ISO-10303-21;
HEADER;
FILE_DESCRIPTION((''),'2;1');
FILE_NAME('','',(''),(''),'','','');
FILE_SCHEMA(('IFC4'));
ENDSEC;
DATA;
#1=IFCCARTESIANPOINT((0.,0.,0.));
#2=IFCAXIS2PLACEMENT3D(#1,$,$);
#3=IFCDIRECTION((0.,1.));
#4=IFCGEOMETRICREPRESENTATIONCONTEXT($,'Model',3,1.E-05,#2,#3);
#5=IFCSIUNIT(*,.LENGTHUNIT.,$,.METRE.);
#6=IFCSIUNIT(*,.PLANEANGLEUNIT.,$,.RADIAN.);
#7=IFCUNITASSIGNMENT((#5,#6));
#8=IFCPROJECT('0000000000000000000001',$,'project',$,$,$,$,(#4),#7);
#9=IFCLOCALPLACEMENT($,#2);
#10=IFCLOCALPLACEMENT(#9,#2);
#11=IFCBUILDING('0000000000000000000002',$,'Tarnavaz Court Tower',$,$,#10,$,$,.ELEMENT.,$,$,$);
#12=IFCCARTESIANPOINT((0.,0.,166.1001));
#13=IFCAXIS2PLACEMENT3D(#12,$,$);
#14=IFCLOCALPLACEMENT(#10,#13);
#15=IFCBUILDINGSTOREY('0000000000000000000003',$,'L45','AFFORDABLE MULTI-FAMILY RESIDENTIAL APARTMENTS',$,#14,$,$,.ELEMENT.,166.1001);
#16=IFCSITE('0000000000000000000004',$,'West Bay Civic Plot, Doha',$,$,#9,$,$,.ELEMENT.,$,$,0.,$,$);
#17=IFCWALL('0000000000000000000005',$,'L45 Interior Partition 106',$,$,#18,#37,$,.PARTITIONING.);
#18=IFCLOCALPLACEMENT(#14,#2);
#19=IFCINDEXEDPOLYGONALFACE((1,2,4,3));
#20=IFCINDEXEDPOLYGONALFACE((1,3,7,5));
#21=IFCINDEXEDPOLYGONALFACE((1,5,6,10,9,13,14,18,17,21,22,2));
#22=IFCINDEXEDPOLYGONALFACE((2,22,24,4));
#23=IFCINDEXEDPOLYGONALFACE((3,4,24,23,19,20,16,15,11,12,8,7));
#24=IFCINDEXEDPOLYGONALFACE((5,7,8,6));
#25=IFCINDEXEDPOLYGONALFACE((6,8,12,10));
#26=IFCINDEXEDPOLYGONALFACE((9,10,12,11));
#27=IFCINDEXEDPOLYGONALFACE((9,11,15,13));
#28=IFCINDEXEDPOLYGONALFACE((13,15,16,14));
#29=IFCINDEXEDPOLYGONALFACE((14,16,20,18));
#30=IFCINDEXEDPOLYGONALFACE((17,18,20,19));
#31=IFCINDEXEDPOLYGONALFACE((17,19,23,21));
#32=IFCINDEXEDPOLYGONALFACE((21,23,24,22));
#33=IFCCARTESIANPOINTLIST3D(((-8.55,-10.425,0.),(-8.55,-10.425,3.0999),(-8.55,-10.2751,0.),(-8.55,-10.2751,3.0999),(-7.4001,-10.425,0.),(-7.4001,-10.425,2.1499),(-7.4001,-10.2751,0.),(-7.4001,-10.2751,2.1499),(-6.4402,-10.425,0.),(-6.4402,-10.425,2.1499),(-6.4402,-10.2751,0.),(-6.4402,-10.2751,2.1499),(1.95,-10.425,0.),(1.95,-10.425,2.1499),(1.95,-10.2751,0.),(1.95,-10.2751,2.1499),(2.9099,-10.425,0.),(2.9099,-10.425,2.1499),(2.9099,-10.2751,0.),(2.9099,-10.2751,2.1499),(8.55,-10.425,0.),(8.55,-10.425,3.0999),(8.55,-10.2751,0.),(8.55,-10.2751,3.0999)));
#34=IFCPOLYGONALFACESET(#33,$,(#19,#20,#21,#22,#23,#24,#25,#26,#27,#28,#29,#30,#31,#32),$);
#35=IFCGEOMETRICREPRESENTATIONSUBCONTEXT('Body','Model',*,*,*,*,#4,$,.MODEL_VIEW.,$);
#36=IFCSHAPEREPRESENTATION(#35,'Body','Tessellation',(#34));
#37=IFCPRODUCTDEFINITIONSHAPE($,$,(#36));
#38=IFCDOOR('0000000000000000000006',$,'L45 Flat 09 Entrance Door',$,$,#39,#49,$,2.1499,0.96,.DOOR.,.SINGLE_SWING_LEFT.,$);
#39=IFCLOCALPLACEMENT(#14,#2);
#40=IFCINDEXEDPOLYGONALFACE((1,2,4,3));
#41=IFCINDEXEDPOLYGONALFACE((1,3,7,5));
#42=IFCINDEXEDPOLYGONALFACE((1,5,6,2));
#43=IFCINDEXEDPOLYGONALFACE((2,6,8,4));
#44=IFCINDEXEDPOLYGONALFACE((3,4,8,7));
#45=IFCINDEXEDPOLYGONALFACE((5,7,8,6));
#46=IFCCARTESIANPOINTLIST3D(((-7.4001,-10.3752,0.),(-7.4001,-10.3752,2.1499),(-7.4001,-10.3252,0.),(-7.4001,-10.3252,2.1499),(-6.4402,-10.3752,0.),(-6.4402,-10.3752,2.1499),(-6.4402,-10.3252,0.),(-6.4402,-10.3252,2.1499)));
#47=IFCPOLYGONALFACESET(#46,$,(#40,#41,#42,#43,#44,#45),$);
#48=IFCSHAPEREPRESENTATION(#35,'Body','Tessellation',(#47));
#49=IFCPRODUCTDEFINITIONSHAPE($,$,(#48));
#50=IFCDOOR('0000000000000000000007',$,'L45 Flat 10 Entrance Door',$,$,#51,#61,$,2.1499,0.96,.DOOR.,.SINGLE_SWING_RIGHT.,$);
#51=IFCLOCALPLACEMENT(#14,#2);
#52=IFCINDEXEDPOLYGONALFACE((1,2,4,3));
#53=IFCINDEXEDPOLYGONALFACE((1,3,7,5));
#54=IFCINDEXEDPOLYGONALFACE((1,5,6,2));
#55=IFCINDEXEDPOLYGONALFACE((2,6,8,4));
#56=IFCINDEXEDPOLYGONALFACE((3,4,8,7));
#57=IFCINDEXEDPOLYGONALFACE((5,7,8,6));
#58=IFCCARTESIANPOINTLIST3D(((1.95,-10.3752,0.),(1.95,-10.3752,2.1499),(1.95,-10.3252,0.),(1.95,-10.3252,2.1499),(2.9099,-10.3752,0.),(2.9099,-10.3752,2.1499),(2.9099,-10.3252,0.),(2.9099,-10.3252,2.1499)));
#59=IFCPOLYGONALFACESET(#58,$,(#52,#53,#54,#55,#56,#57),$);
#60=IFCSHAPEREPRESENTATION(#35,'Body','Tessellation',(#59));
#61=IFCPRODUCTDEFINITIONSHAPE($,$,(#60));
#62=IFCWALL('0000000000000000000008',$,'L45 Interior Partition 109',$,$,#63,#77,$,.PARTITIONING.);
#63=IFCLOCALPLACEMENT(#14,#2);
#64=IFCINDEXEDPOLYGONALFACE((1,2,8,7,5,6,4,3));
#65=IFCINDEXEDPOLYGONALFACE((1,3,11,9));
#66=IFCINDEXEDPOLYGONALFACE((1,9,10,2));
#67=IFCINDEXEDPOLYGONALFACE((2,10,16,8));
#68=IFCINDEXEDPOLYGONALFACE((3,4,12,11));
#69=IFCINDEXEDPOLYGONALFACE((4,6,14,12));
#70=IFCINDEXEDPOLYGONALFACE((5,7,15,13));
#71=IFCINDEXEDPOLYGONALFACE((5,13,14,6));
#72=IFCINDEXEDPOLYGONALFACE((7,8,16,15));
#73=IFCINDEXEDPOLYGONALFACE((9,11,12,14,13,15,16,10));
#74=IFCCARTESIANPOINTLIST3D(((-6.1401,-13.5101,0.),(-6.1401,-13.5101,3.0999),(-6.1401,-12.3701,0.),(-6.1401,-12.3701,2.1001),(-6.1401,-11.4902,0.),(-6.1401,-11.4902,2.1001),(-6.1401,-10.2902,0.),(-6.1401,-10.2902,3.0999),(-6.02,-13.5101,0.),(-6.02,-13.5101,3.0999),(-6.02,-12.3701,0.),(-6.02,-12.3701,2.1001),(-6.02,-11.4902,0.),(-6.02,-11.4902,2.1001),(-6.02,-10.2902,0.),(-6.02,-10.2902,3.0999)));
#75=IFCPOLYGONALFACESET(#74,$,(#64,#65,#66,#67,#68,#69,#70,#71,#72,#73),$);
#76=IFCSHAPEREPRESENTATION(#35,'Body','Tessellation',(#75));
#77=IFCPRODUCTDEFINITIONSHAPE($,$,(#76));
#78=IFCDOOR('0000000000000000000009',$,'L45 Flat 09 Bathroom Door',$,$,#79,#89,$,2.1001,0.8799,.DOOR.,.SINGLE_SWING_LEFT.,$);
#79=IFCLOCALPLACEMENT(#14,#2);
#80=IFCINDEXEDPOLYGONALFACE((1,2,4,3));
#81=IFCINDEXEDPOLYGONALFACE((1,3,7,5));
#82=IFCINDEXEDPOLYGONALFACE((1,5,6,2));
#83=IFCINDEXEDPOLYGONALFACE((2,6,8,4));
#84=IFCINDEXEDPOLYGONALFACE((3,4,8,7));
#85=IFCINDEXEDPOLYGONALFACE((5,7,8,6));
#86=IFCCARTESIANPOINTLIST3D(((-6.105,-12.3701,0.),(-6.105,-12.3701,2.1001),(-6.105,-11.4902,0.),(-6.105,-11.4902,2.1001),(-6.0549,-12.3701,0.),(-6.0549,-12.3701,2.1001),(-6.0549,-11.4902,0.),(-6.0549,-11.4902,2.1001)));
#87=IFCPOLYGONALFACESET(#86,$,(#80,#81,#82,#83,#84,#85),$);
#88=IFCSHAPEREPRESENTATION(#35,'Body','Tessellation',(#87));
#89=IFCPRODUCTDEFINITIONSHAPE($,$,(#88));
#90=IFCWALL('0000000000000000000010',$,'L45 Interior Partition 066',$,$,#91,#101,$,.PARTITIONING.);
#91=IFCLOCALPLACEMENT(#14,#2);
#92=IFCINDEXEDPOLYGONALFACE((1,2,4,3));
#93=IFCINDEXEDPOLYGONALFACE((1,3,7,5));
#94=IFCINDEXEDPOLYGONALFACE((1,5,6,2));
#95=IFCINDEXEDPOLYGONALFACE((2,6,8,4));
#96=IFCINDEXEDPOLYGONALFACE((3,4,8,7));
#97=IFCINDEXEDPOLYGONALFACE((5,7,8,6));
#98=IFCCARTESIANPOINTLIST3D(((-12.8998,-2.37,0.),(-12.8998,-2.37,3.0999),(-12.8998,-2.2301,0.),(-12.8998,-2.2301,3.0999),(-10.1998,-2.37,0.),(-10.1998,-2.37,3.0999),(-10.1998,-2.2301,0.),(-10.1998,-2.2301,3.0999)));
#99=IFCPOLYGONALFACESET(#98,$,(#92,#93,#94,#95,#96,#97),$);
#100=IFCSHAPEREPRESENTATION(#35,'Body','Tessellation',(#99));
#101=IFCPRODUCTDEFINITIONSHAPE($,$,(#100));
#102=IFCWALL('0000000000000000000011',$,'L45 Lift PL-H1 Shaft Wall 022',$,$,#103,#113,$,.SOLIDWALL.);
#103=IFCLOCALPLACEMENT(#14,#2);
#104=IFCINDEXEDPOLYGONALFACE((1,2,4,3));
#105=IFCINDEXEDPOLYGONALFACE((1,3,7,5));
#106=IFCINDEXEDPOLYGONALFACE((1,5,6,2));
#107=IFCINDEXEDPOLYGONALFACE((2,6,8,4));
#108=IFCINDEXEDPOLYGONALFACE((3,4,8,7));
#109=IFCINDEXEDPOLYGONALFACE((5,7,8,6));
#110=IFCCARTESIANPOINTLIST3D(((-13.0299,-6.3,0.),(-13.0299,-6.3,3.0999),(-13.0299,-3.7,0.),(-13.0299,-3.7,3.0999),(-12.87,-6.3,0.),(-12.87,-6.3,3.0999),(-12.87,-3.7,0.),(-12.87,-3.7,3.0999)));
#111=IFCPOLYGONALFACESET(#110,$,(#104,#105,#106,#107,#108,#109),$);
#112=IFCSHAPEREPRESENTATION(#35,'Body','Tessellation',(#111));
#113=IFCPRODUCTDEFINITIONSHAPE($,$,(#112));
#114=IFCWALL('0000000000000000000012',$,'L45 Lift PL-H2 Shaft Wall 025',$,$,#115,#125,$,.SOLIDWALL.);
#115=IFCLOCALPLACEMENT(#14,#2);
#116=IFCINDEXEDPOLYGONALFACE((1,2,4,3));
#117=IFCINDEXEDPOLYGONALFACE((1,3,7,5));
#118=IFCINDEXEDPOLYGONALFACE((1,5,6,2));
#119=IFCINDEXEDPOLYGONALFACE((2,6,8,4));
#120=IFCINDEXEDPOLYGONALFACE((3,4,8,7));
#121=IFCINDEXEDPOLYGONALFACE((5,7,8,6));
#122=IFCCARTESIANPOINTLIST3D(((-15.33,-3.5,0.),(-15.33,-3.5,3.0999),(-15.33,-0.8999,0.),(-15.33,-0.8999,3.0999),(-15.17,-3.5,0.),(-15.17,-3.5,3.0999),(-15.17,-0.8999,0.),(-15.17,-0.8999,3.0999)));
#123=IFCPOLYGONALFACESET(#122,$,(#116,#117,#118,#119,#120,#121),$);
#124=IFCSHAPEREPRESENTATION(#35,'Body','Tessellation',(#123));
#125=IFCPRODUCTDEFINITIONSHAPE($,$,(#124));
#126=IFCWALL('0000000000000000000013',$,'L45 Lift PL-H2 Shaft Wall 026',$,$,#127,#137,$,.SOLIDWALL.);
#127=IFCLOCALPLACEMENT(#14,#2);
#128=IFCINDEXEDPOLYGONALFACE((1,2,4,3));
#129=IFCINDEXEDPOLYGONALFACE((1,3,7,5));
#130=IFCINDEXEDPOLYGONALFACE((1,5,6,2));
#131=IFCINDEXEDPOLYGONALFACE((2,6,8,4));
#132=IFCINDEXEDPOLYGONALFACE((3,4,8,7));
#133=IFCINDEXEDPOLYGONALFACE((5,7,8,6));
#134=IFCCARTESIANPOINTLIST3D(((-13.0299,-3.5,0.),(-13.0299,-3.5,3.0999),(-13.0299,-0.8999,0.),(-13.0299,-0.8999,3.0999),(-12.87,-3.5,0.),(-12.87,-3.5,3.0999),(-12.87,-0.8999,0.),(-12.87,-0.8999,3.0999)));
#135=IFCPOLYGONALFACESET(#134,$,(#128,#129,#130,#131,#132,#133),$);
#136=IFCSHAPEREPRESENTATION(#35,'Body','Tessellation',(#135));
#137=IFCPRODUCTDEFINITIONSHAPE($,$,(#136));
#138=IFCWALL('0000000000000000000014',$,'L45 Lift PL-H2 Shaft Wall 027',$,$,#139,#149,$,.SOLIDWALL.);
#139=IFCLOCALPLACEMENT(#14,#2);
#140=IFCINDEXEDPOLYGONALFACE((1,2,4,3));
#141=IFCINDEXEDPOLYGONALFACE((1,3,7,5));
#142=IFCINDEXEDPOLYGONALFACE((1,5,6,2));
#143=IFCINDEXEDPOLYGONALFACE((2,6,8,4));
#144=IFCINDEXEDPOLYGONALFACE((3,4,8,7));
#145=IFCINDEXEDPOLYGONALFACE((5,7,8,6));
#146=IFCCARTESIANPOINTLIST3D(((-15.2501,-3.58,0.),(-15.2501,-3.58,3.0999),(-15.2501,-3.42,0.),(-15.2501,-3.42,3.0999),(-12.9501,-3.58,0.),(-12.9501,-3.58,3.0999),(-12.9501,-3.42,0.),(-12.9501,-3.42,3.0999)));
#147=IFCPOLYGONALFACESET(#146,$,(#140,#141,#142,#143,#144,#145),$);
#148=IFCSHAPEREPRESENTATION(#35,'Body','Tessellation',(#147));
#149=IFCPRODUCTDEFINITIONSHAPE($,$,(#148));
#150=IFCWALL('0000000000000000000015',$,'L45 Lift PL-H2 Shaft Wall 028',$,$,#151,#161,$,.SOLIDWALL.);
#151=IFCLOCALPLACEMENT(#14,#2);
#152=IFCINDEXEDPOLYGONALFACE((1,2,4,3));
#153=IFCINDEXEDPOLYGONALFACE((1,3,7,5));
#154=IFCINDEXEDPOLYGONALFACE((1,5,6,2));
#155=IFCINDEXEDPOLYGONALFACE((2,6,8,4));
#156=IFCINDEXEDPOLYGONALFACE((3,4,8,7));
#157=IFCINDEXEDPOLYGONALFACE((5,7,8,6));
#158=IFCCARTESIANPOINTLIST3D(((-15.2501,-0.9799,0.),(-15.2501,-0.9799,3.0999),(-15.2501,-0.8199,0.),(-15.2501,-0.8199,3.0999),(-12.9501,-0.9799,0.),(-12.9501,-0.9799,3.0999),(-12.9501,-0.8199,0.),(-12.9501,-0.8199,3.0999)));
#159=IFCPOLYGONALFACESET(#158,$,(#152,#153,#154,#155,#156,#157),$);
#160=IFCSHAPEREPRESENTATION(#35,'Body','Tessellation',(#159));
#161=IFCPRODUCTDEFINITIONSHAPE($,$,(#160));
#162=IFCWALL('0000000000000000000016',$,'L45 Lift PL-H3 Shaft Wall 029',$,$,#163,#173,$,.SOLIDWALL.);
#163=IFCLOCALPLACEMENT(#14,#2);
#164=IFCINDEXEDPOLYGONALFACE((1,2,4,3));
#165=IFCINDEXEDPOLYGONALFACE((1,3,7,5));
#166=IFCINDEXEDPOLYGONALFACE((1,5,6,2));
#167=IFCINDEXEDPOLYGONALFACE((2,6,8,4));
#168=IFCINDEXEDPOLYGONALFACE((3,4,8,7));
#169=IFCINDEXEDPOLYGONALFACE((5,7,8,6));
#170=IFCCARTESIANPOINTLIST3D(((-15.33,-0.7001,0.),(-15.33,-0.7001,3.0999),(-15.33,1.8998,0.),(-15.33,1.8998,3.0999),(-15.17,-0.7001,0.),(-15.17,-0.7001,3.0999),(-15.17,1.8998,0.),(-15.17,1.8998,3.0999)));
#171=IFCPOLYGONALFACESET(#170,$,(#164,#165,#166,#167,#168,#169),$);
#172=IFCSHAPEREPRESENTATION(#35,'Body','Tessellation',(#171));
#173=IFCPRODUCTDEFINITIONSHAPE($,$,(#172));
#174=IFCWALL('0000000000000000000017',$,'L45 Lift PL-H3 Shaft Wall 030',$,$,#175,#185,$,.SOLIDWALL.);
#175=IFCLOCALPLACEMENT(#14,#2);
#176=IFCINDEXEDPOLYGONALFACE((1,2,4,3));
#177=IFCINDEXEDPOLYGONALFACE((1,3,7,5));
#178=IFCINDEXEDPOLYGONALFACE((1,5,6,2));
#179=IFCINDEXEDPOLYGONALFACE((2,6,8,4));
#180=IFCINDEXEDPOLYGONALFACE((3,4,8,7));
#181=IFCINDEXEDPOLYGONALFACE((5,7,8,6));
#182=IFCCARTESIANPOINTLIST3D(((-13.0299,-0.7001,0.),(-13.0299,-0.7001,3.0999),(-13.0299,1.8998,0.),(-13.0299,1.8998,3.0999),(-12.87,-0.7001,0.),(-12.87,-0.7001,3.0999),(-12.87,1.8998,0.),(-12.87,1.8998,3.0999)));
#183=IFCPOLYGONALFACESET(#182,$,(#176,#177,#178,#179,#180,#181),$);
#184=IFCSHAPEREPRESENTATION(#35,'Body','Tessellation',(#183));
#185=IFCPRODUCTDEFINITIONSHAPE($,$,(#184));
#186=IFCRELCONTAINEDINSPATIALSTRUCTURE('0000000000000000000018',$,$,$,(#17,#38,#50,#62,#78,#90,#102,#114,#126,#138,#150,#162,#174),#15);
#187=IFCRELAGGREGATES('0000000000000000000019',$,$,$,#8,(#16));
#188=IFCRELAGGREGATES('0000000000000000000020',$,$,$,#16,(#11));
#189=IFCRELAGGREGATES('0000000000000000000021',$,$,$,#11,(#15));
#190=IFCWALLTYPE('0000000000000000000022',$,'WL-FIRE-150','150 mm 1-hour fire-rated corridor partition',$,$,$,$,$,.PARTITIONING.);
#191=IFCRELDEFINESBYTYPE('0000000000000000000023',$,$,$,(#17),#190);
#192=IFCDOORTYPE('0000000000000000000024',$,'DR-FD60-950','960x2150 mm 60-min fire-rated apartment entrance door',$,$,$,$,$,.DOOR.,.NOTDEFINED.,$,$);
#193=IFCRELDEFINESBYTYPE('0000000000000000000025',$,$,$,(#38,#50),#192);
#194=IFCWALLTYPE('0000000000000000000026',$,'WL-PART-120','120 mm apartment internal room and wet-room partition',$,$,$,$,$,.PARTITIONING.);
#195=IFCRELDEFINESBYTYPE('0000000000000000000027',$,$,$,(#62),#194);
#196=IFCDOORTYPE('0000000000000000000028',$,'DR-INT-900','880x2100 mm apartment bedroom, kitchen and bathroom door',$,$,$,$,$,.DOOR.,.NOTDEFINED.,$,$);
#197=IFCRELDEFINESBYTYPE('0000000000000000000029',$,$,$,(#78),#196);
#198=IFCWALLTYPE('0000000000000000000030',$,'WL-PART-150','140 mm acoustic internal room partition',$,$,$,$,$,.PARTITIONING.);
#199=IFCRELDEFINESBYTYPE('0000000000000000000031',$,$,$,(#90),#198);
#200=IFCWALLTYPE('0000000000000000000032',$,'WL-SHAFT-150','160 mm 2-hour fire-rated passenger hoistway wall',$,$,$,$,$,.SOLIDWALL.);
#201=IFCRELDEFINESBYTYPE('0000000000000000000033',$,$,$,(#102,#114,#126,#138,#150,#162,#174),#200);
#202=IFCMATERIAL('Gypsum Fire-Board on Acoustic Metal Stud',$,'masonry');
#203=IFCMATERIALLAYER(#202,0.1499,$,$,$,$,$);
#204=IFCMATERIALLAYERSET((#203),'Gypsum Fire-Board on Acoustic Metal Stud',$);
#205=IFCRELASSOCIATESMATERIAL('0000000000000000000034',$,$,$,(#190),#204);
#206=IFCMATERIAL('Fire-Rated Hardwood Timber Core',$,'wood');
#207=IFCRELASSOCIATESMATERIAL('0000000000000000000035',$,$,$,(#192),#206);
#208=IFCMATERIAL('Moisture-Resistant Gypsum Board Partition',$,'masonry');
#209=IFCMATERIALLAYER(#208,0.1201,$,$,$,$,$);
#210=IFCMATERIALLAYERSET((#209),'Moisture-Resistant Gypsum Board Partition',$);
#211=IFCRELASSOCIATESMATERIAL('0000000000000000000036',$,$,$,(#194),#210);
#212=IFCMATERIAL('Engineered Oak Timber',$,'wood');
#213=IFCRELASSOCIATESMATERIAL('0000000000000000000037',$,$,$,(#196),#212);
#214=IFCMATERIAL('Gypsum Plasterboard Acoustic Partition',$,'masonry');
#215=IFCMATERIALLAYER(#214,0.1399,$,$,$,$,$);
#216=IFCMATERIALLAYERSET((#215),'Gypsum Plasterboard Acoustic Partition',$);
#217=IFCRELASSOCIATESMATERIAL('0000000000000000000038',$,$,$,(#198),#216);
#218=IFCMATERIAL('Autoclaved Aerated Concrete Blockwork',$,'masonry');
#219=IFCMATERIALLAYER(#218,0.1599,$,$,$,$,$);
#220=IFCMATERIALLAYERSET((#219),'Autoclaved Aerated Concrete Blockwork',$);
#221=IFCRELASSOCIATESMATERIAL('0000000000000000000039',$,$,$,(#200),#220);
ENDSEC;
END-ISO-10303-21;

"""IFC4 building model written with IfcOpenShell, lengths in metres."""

from ifc_helpers import new_model, si_unit, direction, frame, frame_2d, origin, place, context, subcontext, project, spatial, rectangle, extrude, material, layer, layer_set, type_object, element, fill, save


model = new_model("IFC4")

# Units and contexts
model_context = context("Model", 3, precision=1e-05, world=origin(), true_north=direction((0.0, 1.0)))
body_context = subcontext(model_context, "Body", "Model", "MODEL_VIEW")
ifc_project = project(units=[si_unit("LENGTHUNIT", "METRE"), si_unit("PLANEANGLEUNIT", "RADIAN")], contexts=[model_context])

# Site, building, storey
site_placement = place(None, origin())
site = spatial("IfcSite", under=ifc_project, at=site_placement, Name="West Bay Civic Plot, Doha", CompositionType="ELEMENT", RefElevation=0.0)
building_placement = place(site_placement, origin())
building = spatial("IfcBuilding", under=site, at=building_placement, Name="Tarnavaz Court Tower", CompositionType="ELEMENT")
storey_placement = place(building_placement, frame((0.0, 0.0, 166.1001)))
storey = spatial("IfcBuildingStorey", under=building, at=storey_placement, Name="L45", Description="AFFORDABLE MULTI-FAMILY RESIDENTIAL APARTMENTS", CompositionType="ELEMENT", Elevation=166.1001)

# Wall, openings, doors
ifc_material_1 = material(Name="Gypsum Fire-Board on Acoustic Metal Stud", Category="masonry")
ifc_layer_1 = layer(ifc_material_1, 0.1499)
ifc_layer_set_1 = layer_set([ifc_layer_1], Name="Gypsum Fire-Board on Acoustic Metal Stud")
wall_type_1 = type_object("IfcWallType", Name="WL-FIRE-150", Description="150 mm 1-hour fire-rated corridor partition", PredefinedType="PARTITIONING", material=ifc_layer_set_1)
wall_1_placement = place(storey_placement, frame((-8.55, -10.3501, 0.0), z_axis=(0.0, 0.0, 1.0), x_axis=(1.0, 0.0, 0.0)))
wall_1 = element("IfcWall", 1, at=wall_1_placement, inside=storey, type_object=wall_type_1, Name="L45 Interior Partition 106", PredefinedType="PARTITIONING", context=body_context, shape_type="SweptSolid", body=[
    extrude(rectangle(XDim=17.1001, YDim=0.1499, at=frame_2d((8.55, 0.0))), origin(), (0.0, 0.0, 1.0), 3.0999),
])
opening_1_placement = place(wall_1_placement, frame((1.1499, 0.0, 0.0)))
opening_1 = element("IfcOpeningElement", 2, at=opening_1_placement, cuts=wall_1, PredefinedType="OPENING", context=body_context, shape_type="SweptSolid", body=[
    extrude(rectangle(XDim=0.96, YDim=2.1499, at=frame_2d((0.48, 1.075))), frame((0.0, 0.085, 0.0), z_axis=(0.0, -1.0, 0.0), x_axis=(1.0, 0.0, 0.0)), (0.0, 0.0, 1.0), 0.1699),
])
opening_2_placement = place(wall_1_placement, frame((10.5, 0.0, 0.0)))
opening_2 = element("IfcOpeningElement", 3, at=opening_2_placement, cuts=wall_1, PredefinedType="OPENING", context=body_context, shape_type="SweptSolid", body=[
    extrude(rectangle(XDim=0.96, YDim=2.1499, at=frame_2d((0.48, 1.075))), frame((0.0, 0.085, 0.0), z_axis=(0.0, -1.0, 0.0), x_axis=(1.0, 0.0, 0.0)), (0.0, 0.0, 1.0), 0.1699),
])
ifc_material_2 = material(Name="Fire-Rated Hardwood Timber Core", Category="wood")
door_type_1 = type_object("IfcDoorType", Name="DR-FD60-950", Description="960x2150 mm 60-min fire-rated apartment entrance door", OperationType="NOTDEFINED", PredefinedType="DOOR", material=ifc_material_2)
door_1_placement = place(opening_1_placement, origin())
door_1 = element("IfcDoor", 4, at=door_1_placement, inside=storey, type_object=door_type_1, Name="L45 Flat 09 Entrance Door", OperationType="SINGLE_SWING_LEFT", OverallHeight=2.1499, OverallWidth=0.96, PredefinedType="DOOR", context=body_context, shape_type="SweptSolid", body=[
    extrude(rectangle(XDim=0.96, YDim=2.1499, at=frame_2d((0.48, 1.075))), frame((0.0, 0.0249, 0.0), z_axis=(0.0, -1.0, 0.0), x_axis=(1.0, 0.0, 0.0)), (0.0, 0.0, 1.0), 0.05),
])
fill(opening_1, door_1)
door_2_placement = place(opening_2_placement, origin())
door_2 = element("IfcDoor", 5, at=door_2_placement, inside=storey, type_object=door_type_1, Name="L45 Flat 10 Entrance Door", OperationType="SINGLE_SWING_RIGHT", OverallHeight=2.1499, OverallWidth=0.96, PredefinedType="DOOR", context=body_context, shape_type="SweptSolid", body=[
    extrude(rectangle(XDim=0.96, YDim=2.1499, at=frame_2d((0.48, 1.075))), frame((0.0, 0.0249, 0.0), z_axis=(0.0, -1.0, 0.0), x_axis=(1.0, 0.0, 0.0)), (0.0, 0.0, 1.0), 0.05),
])
fill(opening_2, door_2)

# Wall, opening, door
ifc_material_3 = material(Name="Moisture-Resistant Gypsum Board Partition", Category="masonry")
ifc_layer_2 = layer(ifc_material_3, 0.1201)
ifc_layer_set_2 = layer_set([ifc_layer_2], Name="Moisture-Resistant Gypsum Board Partition")
wall_type_2 = type_object("IfcWallType", Name="WL-PART-120", Description="120 mm apartment internal room and wet-room partition", PredefinedType="PARTITIONING", material=ifc_layer_set_2)
wall_2_placement = place(storey_placement, frame((-6.0801, -13.51, 0.0), z_axis=(0.0, 0.0, 1.0), x_axis=(0.0, 1.0, 0.0)))
wall_2 = element("IfcWall", 6, at=wall_2_placement, inside=storey, type_object=wall_type_2, Name="L45 Interior Partition 109", PredefinedType="PARTITIONING", context=body_context, shape_type="SweptSolid", body=[
    extrude(rectangle(XDim=3.22, YDim=0.1201, at=frame_2d((1.6099, 0.0))), origin(), (0.0, 0.0, 1.0), 3.0999),
])
opening_3_placement = place(wall_2_placement, frame((1.1399, 0.0, 0.0)))
opening_3 = element("IfcOpeningElement", 7, at=opening_3_placement, cuts=wall_2, PredefinedType="OPENING", context=body_context, shape_type="SweptSolid", body=[
    extrude(rectangle(XDim=0.8799, YDim=2.1001, at=frame_2d((0.4399, 1.05))), frame((0.0, 0.0701, 0.0), z_axis=(0.0, -1.0, 0.0), x_axis=(1.0, 0.0, 0.0)), (0.0, 0.0, 1.0), 0.1401),
])
ifc_material_4 = material(Name="Engineered Oak Timber", Category="wood")
door_type_2 = type_object("IfcDoorType", Name="DR-INT-900", Description="880x2100 mm apartment bedroom, kitchen and bathroom door", OperationType="NOTDEFINED", PredefinedType="DOOR", material=ifc_material_4)
door_3_placement = place(opening_3_placement, origin())
door_3 = element("IfcDoor", 8, at=door_3_placement, inside=storey, type_object=door_type_2, Name="L45 Flat 09 Bathroom Door", OperationType="SINGLE_SWING_LEFT", OverallHeight=2.1001, OverallWidth=0.8799, PredefinedType="DOOR", context=body_context, shape_type="SweptSolid", body=[
    extrude(rectangle(XDim=0.8799, YDim=2.1001, at=frame_2d((0.4399, 1.05))), frame((0.0, 0.0249, 0.0), z_axis=(0.0, -1.0, 0.0), x_axis=(1.0, 0.0, 0.0)), (0.0, 0.0, 1.0), 0.05),
])
fill(opening_3, door_3)

# Shared definitions
ifc_material_5 = material(Name="Gypsum Plasterboard Acoustic Partition", Category="masonry")
ifc_layer_3 = layer(ifc_material_5, 0.1399)
ifc_layer_set_3 = layer_set([ifc_layer_3], Name="Gypsum Plasterboard Acoustic Partition")
wall_type_3 = type_object("IfcWallType", Name="WL-PART-150", Description="140 mm acoustic internal room partition", PredefinedType="PARTITIONING", material=ifc_layer_set_3)

# Walls
wall_3_placement = place(storey_placement, frame((-12.8999, -2.3, 0.0), z_axis=(0.0, 0.0, 1.0), x_axis=(1.0, 0.0, 0.0)))
element("IfcWall", 9, at=wall_3_placement, inside=storey, type_object=wall_type_3, Name="L45 Interior Partition 066", PredefinedType="PARTITIONING", context=body_context, shape_type="SweptSolid", body=[
    extrude(rectangle(XDim=2.7, YDim=0.1399, at=frame_2d((1.3501, 0.0))), origin(), (0.0, 0.0, 1.0), 3.0999),
])
ifc_material_6 = material(Name="Autoclaved Aerated Concrete Blockwork", Category="masonry")
ifc_layer_4 = layer(ifc_material_6, 0.1599)
ifc_layer_set_4 = layer_set([ifc_layer_4], Name="Autoclaved Aerated Concrete Blockwork")
wall_type_4 = type_object("IfcWallType", Name="WL-SHAFT-150", Description="160 mm 2-hour fire-rated passenger hoistway wall", PredefinedType="SOLIDWALL", material=ifc_layer_set_4)
for number, where, z_axis, x_axis, name in (
    (10, (-12.95, -6.3, 0.0), (0.0, 0.0, 1.0), (0.0, 1.0, 0.0), "L45 Lift PL-H1 Shaft Wall 022"),
    (11, (-15.25, -3.5, 0.0), (0.0, 0.0, 1.0), (0.0, 1.0, 0.0), "L45 Lift PL-H2 Shaft Wall 025"),
    (12, (-12.95, -3.5, 0.0), (0.0, 0.0, 1.0), (0.0, 1.0, 0.0), "L45 Lift PL-H2 Shaft Wall 026"),
):
    element("IfcWall", number, at=place(storey_placement, frame(where, z_axis=z_axis, x_axis=x_axis)), inside=storey, type_object=wall_type_4, Name=name, PredefinedType="SOLIDWALL", context=body_context, shape_type="SweptSolid", body=[
        extrude(rectangle(XDim=2.6001, YDim=0.1599, at=frame_2d((1.3, 0.0))), origin(), (0.0, 0.0, 1.0), 3.0999),
    ])
for number, where, z_axis, x_axis, name in (
    (13, (-15.25, -3.5, 0.0), (0.0, 0.0, 1.0), (1.0, 0.0, 0.0), "L45 Lift PL-H2 Shaft Wall 027"),
    (14, (-15.25, -0.8999, 0.0), (0.0, 0.0, 1.0), (1.0, 0.0, 0.0), "L45 Lift PL-H2 Shaft Wall 028"),
):
    element("IfcWall", number, at=place(storey_placement, frame(where, z_axis=z_axis, x_axis=x_axis)), inside=storey, type_object=wall_type_4, Name=name, PredefinedType="SOLIDWALL", context=body_context, shape_type="SweptSolid", body=[
        extrude(rectangle(XDim=2.3, YDim=0.1599, at=frame_2d((1.1499, 0.0))), origin(), (0.0, 0.0, 1.0), 3.0999),
    ])
for number, where, z_axis, x_axis, name in (
    (15, (-15.25, -0.7, 0.0), (0.0, 0.0, 1.0), (0.0, 1.0, 0.0), "L45 Lift PL-H3 Shaft Wall 029"),
    (16, (-12.95, -0.7, 0.0), (0.0, 0.0, 1.0), (0.0, 1.0, 0.0), "L45 Lift PL-H3 Shaft Wall 030"),
):
    element("IfcWall", number, at=place(storey_placement, frame(where, z_axis=z_axis, x_axis=x_axis)), inside=storey, type_object=wall_type_4, Name=name, PredefinedType="SOLIDWALL", context=body_context, shape_type="SweptSolid", body=[
        extrude(rectangle(XDim=2.5999, YDim=0.1599, at=frame_2d((1.2998, 0.0))), origin(), (0.0, 0.0, 1.0), 3.0999),
    ])

save(model, "model.ifc")
